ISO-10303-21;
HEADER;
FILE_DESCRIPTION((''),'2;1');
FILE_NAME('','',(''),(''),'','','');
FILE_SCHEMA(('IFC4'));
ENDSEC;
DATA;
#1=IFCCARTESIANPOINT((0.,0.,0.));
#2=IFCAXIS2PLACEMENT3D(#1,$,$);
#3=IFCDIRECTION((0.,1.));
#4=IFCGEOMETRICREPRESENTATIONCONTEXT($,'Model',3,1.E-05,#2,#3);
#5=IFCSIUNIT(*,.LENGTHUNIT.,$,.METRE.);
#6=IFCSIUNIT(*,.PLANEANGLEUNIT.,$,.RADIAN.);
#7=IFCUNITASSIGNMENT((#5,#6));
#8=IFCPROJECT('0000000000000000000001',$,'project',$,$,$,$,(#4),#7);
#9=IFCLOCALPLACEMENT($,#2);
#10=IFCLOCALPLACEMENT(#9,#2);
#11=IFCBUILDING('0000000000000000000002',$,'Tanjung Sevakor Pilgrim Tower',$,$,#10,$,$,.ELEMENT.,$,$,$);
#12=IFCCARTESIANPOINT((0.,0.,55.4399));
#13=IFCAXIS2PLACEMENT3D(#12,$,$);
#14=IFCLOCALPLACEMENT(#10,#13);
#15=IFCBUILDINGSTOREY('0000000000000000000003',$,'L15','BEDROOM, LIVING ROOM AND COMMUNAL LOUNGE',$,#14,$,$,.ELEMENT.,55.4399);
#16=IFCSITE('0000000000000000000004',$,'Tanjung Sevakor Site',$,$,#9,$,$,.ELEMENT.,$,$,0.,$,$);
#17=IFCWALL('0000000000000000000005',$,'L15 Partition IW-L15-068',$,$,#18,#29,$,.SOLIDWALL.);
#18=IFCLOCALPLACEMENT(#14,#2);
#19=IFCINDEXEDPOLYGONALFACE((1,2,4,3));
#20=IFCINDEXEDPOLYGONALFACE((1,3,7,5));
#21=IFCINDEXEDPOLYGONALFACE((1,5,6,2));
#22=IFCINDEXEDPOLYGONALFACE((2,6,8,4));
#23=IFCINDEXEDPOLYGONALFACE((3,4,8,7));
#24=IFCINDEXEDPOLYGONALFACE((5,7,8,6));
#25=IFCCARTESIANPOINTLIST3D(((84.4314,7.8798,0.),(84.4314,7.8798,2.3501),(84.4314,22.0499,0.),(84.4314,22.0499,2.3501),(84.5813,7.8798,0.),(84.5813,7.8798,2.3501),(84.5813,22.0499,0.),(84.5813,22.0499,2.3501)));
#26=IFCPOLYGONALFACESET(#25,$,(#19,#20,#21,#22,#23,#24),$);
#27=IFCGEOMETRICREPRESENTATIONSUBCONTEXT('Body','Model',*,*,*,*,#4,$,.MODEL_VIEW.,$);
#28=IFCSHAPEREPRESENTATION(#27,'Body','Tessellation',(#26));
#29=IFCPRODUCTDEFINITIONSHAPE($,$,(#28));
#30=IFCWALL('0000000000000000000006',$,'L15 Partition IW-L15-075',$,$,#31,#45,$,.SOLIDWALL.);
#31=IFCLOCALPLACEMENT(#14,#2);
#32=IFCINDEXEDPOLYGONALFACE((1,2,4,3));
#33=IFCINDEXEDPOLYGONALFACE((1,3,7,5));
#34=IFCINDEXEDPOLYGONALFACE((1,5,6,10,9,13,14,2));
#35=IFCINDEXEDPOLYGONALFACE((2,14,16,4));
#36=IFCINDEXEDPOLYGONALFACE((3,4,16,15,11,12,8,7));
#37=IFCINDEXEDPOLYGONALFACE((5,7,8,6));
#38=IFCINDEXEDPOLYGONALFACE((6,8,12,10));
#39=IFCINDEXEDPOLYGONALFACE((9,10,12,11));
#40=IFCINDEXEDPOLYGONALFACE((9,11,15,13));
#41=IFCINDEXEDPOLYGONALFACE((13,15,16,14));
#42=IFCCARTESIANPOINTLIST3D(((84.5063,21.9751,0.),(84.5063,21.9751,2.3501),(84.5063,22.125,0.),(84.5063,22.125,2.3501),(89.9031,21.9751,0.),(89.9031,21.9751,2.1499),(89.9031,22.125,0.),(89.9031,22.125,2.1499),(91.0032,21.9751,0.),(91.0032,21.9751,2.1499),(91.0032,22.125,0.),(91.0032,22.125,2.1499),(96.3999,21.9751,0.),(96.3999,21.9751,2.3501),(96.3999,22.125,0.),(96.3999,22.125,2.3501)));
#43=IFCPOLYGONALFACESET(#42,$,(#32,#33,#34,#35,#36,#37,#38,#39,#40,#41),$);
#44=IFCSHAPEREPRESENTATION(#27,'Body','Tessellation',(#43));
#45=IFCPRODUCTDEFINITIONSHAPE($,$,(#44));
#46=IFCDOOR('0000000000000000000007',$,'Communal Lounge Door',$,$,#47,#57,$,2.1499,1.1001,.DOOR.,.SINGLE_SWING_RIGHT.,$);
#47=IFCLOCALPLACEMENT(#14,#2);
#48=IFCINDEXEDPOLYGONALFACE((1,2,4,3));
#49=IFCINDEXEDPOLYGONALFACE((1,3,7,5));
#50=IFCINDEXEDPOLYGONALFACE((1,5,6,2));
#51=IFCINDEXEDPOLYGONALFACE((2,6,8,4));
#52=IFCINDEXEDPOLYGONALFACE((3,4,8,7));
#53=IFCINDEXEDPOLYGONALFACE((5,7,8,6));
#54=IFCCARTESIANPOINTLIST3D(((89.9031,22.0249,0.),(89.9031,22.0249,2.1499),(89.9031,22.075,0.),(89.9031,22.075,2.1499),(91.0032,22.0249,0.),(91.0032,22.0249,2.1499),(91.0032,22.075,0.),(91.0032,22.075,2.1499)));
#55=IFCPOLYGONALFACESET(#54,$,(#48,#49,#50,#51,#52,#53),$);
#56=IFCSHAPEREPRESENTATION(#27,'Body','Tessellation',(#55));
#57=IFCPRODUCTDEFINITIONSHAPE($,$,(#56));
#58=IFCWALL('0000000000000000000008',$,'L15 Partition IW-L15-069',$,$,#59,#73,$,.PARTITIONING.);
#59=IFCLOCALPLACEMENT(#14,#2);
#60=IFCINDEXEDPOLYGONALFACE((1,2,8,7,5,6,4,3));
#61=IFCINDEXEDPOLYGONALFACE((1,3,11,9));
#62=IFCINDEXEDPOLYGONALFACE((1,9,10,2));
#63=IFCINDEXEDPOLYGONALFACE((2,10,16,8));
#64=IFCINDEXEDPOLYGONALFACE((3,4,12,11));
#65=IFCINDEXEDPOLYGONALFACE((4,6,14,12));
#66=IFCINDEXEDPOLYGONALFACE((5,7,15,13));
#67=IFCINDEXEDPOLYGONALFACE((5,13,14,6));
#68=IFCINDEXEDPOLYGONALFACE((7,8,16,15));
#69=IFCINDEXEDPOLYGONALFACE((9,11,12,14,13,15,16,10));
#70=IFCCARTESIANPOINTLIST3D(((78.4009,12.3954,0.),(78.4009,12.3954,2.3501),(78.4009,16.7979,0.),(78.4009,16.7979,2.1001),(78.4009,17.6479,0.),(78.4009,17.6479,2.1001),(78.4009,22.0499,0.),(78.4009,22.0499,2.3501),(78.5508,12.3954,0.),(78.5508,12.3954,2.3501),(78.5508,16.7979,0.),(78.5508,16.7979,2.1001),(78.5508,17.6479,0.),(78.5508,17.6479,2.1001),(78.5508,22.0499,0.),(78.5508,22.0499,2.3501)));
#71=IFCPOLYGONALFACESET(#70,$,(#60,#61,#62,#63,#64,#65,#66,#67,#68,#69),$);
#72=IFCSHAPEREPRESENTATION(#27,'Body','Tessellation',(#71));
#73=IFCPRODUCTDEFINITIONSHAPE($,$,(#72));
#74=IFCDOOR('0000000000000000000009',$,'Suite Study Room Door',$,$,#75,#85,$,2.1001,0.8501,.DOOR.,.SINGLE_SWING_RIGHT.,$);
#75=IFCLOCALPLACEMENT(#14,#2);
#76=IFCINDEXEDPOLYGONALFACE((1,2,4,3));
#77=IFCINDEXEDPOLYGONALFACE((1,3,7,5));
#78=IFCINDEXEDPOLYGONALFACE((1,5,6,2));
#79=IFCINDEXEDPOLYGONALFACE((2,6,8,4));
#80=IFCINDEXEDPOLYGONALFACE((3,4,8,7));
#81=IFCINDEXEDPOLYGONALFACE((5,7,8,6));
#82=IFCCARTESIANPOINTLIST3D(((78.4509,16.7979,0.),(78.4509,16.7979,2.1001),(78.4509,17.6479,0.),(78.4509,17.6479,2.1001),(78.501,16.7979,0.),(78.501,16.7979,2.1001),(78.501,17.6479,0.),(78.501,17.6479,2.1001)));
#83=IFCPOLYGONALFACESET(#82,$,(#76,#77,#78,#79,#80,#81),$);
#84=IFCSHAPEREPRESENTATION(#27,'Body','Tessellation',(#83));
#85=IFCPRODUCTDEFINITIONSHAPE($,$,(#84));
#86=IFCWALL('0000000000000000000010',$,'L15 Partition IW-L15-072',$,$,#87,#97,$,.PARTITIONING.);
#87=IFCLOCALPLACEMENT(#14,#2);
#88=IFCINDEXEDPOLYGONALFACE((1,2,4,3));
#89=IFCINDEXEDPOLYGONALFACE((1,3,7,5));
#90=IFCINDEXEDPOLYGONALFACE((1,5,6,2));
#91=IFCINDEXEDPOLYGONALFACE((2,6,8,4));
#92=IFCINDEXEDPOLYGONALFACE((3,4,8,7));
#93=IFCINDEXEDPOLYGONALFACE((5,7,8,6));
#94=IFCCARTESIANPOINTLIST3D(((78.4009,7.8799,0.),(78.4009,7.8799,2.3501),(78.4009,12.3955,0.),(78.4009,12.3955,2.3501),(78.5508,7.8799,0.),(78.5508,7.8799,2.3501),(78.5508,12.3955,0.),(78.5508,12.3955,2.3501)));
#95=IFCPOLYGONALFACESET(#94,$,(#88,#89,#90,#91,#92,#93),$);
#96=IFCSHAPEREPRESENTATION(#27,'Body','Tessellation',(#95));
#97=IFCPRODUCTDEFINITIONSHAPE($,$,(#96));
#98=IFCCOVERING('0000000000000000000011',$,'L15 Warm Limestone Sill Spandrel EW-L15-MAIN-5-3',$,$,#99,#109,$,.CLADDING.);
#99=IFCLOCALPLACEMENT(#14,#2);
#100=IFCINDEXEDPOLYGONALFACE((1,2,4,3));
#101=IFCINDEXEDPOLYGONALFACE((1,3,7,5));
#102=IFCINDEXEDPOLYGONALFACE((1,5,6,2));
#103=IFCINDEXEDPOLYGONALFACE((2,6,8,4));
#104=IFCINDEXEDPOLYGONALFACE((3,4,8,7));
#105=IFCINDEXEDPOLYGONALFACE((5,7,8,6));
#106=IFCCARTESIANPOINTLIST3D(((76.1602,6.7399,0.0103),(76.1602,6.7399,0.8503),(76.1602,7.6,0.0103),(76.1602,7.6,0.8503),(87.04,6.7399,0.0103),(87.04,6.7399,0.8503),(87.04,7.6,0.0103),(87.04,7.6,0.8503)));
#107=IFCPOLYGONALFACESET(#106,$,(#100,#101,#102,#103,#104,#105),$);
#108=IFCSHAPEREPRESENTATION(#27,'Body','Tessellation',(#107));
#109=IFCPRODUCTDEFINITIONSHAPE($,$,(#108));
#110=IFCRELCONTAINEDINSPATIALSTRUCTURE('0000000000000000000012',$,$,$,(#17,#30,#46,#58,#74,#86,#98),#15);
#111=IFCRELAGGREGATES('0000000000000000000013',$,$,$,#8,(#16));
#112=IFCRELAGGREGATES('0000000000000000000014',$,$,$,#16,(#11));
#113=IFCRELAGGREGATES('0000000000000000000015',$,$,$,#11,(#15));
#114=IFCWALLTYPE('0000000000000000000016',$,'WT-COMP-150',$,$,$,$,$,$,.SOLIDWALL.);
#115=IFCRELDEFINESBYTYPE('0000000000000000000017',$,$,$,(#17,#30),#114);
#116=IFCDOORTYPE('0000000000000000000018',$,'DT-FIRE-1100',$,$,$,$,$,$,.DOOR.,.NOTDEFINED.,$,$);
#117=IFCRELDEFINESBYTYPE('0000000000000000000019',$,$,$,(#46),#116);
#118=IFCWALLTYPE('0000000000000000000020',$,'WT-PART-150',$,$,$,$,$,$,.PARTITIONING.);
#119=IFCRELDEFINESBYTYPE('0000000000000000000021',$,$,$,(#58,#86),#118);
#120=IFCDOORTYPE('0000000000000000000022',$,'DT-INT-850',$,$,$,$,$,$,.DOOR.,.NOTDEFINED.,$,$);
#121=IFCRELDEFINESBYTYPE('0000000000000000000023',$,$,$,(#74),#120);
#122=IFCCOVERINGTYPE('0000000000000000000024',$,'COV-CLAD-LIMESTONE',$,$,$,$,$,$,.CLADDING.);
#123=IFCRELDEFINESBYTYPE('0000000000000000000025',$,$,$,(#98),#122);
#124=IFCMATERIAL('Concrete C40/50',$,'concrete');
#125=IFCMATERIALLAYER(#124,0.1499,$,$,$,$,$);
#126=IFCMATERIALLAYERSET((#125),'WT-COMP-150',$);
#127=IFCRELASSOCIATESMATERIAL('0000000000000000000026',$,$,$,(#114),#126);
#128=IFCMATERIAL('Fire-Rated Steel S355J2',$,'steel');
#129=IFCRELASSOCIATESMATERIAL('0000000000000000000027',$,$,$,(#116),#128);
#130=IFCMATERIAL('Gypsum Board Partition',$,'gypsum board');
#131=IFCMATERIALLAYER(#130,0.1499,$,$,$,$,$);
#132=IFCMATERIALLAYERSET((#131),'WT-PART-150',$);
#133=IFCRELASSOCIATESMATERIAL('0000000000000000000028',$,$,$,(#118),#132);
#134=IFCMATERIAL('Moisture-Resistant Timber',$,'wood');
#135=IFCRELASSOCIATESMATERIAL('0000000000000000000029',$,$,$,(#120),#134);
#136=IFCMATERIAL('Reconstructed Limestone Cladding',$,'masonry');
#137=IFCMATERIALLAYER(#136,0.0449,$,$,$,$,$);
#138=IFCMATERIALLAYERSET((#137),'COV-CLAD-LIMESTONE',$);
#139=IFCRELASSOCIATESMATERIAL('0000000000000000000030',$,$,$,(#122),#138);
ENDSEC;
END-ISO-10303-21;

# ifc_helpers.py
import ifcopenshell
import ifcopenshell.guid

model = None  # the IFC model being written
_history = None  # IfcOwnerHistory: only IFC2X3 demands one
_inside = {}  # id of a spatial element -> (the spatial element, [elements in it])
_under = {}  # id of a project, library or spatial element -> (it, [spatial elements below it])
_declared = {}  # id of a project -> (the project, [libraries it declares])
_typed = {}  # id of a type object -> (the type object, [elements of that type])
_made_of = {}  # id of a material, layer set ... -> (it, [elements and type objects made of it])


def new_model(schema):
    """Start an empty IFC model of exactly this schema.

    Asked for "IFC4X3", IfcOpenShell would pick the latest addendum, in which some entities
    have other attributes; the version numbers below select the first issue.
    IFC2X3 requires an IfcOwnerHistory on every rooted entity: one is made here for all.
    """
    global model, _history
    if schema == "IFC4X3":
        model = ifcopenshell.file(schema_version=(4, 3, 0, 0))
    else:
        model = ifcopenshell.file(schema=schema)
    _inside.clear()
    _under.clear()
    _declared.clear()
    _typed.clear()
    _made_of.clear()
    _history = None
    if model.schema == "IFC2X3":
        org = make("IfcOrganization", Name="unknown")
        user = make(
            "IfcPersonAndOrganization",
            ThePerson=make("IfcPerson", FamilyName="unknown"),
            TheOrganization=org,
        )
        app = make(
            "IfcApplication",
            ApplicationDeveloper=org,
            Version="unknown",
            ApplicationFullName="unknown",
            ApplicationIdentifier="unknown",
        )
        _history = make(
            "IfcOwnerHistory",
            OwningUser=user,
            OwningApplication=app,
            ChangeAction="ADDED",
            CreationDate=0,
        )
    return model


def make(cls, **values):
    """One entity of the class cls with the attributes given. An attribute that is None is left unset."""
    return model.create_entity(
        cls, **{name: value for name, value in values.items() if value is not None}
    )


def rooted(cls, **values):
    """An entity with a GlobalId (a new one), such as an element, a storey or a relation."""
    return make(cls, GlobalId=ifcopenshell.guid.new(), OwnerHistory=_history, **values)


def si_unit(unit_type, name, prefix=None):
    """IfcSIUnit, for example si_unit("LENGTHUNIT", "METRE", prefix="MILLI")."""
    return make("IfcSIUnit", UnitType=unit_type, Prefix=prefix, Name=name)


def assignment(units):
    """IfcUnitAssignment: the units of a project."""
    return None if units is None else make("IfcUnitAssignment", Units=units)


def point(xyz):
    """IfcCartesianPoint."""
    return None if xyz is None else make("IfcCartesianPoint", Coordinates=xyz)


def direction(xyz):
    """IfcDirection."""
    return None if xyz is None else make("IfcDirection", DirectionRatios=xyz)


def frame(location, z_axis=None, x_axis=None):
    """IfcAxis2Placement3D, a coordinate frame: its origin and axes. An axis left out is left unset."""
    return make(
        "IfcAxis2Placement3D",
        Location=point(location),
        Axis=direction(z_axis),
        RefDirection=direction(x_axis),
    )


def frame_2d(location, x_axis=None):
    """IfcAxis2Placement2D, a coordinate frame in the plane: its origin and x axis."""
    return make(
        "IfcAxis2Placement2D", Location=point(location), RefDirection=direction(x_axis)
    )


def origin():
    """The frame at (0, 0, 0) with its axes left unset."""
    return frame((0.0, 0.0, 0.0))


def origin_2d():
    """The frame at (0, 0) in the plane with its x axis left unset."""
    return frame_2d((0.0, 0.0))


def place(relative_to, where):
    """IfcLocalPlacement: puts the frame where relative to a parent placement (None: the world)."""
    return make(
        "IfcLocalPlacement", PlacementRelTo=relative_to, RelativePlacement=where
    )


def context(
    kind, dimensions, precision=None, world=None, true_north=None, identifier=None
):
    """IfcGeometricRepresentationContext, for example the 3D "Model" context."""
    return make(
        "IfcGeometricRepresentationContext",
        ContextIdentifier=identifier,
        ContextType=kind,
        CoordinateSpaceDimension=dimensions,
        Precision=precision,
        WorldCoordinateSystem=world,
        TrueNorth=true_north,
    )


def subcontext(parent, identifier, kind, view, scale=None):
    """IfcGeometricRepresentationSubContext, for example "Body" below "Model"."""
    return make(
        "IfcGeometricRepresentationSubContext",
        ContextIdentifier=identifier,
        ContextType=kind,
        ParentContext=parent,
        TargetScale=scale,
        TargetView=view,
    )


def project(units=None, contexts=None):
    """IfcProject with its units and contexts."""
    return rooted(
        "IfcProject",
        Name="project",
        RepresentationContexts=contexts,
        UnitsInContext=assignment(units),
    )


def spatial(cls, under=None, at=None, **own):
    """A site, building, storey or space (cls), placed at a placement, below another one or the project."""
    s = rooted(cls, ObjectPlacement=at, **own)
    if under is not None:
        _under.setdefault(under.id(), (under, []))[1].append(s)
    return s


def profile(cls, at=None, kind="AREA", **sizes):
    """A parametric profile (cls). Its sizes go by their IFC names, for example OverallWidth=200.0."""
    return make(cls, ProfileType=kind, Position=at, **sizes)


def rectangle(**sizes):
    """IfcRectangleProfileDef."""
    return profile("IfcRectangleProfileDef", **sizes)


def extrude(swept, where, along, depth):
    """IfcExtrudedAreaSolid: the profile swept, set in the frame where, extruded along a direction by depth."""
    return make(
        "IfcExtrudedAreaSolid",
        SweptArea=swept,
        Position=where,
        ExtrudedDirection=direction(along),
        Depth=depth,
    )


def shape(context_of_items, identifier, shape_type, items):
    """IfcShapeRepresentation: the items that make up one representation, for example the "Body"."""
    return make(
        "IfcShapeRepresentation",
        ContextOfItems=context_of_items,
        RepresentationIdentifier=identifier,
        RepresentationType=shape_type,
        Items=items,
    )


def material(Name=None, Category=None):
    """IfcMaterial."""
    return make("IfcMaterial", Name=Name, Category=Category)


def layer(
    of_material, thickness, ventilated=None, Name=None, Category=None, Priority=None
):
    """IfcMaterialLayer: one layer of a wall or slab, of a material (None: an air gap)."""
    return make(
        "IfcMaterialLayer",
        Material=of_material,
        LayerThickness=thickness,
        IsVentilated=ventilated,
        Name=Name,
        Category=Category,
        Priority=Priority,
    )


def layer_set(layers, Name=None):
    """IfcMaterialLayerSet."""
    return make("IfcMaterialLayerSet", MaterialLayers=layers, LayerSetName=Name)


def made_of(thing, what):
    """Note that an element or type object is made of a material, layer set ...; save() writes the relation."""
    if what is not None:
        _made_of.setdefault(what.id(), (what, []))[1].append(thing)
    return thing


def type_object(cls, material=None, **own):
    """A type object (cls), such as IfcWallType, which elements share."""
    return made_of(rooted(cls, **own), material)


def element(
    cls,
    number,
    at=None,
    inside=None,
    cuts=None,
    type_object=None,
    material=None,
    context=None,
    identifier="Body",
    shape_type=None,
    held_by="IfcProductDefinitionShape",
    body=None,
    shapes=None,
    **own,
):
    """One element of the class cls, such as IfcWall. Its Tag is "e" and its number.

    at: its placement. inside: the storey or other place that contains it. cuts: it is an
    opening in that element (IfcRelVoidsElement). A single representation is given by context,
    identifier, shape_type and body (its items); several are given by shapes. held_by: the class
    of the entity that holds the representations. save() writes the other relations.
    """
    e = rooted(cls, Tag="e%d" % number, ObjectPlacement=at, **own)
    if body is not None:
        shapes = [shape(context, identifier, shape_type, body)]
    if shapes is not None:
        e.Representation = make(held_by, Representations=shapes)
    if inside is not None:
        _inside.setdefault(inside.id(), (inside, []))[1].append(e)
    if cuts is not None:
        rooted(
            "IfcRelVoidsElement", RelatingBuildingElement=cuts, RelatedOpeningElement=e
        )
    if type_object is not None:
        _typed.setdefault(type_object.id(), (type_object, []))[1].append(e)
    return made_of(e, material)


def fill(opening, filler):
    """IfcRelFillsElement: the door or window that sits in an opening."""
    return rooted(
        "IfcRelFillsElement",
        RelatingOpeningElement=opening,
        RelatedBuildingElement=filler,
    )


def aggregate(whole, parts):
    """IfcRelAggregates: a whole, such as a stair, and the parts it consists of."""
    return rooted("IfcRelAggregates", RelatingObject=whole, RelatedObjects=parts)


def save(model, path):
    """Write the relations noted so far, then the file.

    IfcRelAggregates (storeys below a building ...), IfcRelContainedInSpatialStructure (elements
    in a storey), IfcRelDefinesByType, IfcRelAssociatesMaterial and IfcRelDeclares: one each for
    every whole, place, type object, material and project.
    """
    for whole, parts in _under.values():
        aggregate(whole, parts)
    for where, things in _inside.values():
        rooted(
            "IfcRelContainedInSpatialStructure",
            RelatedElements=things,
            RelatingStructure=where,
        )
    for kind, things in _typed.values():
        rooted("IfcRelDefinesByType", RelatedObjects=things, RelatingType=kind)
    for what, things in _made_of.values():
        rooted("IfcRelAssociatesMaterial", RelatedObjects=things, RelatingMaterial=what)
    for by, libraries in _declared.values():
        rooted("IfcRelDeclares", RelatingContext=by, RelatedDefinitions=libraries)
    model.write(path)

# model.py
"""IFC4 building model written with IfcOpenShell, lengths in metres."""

from ifc_helpers import new_model, si_unit, direction, frame, frame_2d, origin, origin_2d, place, context, subcontext, project, spatial, rectangle, extrude, material, layer, layer_set, type_object, element, fill, save


model = new_model("IFC4")

# Units and contexts
model_context = context("Model", 3, precision=1e-05, world=origin(), true_north=direction((0.0, 1.0)))
body_context = subcontext(model_context, "Body", "Model", "MODEL_VIEW")
ifc_project = project(units=[si_unit("LENGTHUNIT", "METRE"), si_unit("PLANEANGLEUNIT", "RADIAN")], contexts=[model_context])

# Site, building, storey
site_placement = place(None, origin())
site = spatial("IfcSite", under=ifc_project, at=site_placement, Name="Tanjung Sevakor Site", CompositionType="ELEMENT", RefElevation=0.0)
building_placement = place(site_placement, origin())
building = spatial("IfcBuilding", under=site, at=building_placement, Name="Tanjung Sevakor Pilgrim Tower", CompositionType="ELEMENT")
storey_placement = place(building_placement, frame((0.0, 0.0, 55.4399)))
storey = spatial("IfcBuildingStorey", under=building, at=storey_placement, Name="L15", Description="BEDROOM, LIVING ROOM AND COMMUNAL LOUNGE", CompositionType="ELEMENT", Elevation=55.4399)

# Wall
ifc_material_1 = material(Name="Concrete C40/50", Category="concrete")
ifc_layer_1 = layer(ifc_material_1, 0.1499)
ifc_layer_set_1 = layer_set([ifc_layer_1], Name="WT-COMP-150")
wall_type_1 = type_object("IfcWallType", Name="WT-COMP-150", PredefinedType="SOLIDWALL", material=ifc_layer_set_1)
wall_1_placement = place(storey_placement, frame((84.5063, 7.8799, 0.0), z_axis=(0.0, 0.0, 1.0), x_axis=(0.0, 1.0, 0.0)))
element("IfcWall", 1, at=wall_1_placement, inside=storey, type_object=wall_type_1, Name="L15 Partition IW-L15-068", PredefinedType="SOLIDWALL", context=body_context, shape_type="SweptSolid", body=[
    extrude(rectangle(XDim=14.1702, YDim=0.1499, at=frame_2d((7.085, 0.0))), origin(), (0.0, 0.0, 1.0), 2.3501),
])

# Walls, openings, doors
wall_2_placement = place(storey_placement, frame((84.5063, 22.05, 0.0), z_axis=(0.0, 0.0, 1.0), x_axis=(1.0, 0.0, 0.0)))
wall_2 = element("IfcWall", 2, at=wall_2_placement, inside=storey, type_object=wall_type_1, Name="L15 Partition IW-L15-075", PredefinedType="SOLIDWALL", context=body_context, shape_type="SweptSolid", body=[
    extrude(rectangle(XDim=11.8936, YDim=0.1499, at=frame_2d((5.9468, 0.0))), origin(), (0.0, 0.0, 1.0), 2.3501),
])
opening_1_placement = place(wall_2_placement, frame((5.3967, 0.0, 0.0)))
opening_1 = element("IfcOpeningElement", 3, at=opening_1_placement, cuts=wall_2, PredefinedType="OPENING", context=body_context, shape_type="SweptSolid", body=[
    extrude(rectangle(XDim=1.1001, YDim=2.1499, at=frame_2d((0.55, 1.075))), frame((0.0, 0.085, 0.0), z_axis=(0.0, -1.0, 0.0), x_axis=(1.0, 0.0, 0.0)), (0.0, 0.0, 1.0), 0.1699),
])
ifc_material_2 = material(Name="Fire-Rated Steel S355J2", Category="steel")
door_type_1 = type_object("IfcDoorType", Name="DT-FIRE-1100", OperationType="NOTDEFINED", PredefinedType="DOOR", material=ifc_material_2)
door_1_placement = place(opening_1_placement, origin())
door_1 = element("IfcDoor", 4, at=door_1_placement, inside=storey, type_object=door_type_1, Name="Communal Lounge Door", OperationType="SINGLE_SWING_RIGHT", OverallHeight=2.1499, OverallWidth=1.1001, PredefinedType="DOOR", context=body_context, shape_type="SweptSolid", body=[
    extrude(rectangle(XDim=1.1001, YDim=2.1499, at=frame_2d((0.55, 1.075))), frame((0.0, 0.0249, 0.0), z_axis=(0.0, -1.0, 0.0), x_axis=(1.0, 0.0, 0.0)), (0.0, 0.0, 1.0), 0.05),
])
fill(opening_1, door_1)
ifc_material_3 = material(Name="Gypsum Board Partition", Category="gypsum board")
ifc_layer_2 = layer(ifc_material_3, 0.1499)
ifc_layer_set_2 = layer_set([ifc_layer_2], Name="WT-PART-150")
wall_type_2 = type_object("IfcWallType", Name="WT-PART-150", PredefinedType="PARTITIONING", material=ifc_layer_set_2)
wall_3_placement = place(storey_placement, frame((78.4758, 12.3955, 0.0), z_axis=(0.0, 0.0, 1.0), x_axis=(0.0, 1.0, 0.0)))
wall_3 = element("IfcWall", 5, at=wall_3_placement, inside=storey, type_object=wall_type_2, Name="L15 Partition IW-L15-069", PredefinedType="PARTITIONING", context=body_context, shape_type="SweptSolid", body=[
    extrude(rectangle(XDim=9.6545, YDim=0.1499, at=frame_2d((4.8271, 0.0))), origin(), (0.0, 0.0, 1.0), 2.3501),
])
opening_2_placement = place(wall_3_placement, frame((4.4023, 0.0, 0.0)))
opening_2 = element("IfcOpeningElement", 6, at=opening_2_placement, cuts=wall_3, PredefinedType="OPENING", context=body_context, shape_type="SweptSolid", body=[
    extrude(rectangle(XDim=0.8501, YDim=2.1001, at=frame_2d((0.425, 1.05))), frame((0.0, 0.085, 0.0), z_axis=(0.0, -1.0, 0.0), x_axis=(1.0, 0.0, 0.0)), (0.0, 0.0, 1.0), 0.1699),
])
ifc_material_4 = material(Name="Moisture-Resistant Timber", Category="wood")
door_type_2 = type_object("IfcDoorType", Name="DT-INT-850", OperationType="NOTDEFINED", PredefinedType="DOOR", material=ifc_material_4)
door_2_placement = place(opening_2_placement, origin())
door_2 = element("IfcDoor", 7, at=door_2_placement, inside=storey, type_object=door_type_2, Name="Suite Study Room Door", OperationType="SINGLE_SWING_RIGHT", OverallHeight=2.1001, OverallWidth=0.8501, PredefinedType="DOOR", context=body_context, shape_type="SweptSolid", body=[
    extrude(rectangle(XDim=0.8501, YDim=2.1001, at=frame_2d((0.425, 1.05))), frame((0.0, 0.0249, 0.0), z_axis=(0.0, -1.0, 0.0), x_axis=(1.0, 0.0, 0.0)), (0.0, 0.0, 1.0), 0.05),
])
fill(opening_2, door_2)

# Wall
wall_4_placement = place(storey_placement, frame((78.4758, 7.8799, 0.0), z_axis=(0.0, 0.0, 1.0), x_axis=(0.0, 1.0, 0.0)))
element("IfcWall", 8, at=wall_4_placement, inside=storey, type_object=wall_type_2, Name="L15 Partition IW-L15-072", PredefinedType="PARTITIONING", context=body_context, shape_type="SweptSolid", body=[
    extrude(rectangle(XDim=4.5156, YDim=0.1499, at=frame_2d((2.2578, 0.0))), origin(), (0.0, 0.0, 1.0), 2.3501),
])

# Covering
ifc_material_5 = material(Name="Reconstructed Limestone Cladding", Category="masonry")
ifc_layer_3 = layer(ifc_material_5, 0.0449)
ifc_layer_set_3 = layer_set([ifc_layer_3], Name="COV-CLAD-LIMESTONE")
covering_type = type_object("IfcCoveringType", Name="COV-CLAD-LIMESTONE", PredefinedType="CLADDING", material=ifc_layer_set_3)
covering_placement = place(storey_placement, frame((81.6001, 7.1699, 0.0103), z_axis=(0.0, 0.0, 1.0), x_axis=(1.0, 0.0, 0.0)))
element("IfcCovering", 9, at=covering_placement, inside=storey, type_object=covering_type, Name="L15 Warm Limestone Sill Spandrel EW-L15-MAIN-5-3", PredefinedType="CLADDING", context=body_context, shape_type="SweptSolid", body=[
    extrude(rectangle(XDim=10.8799, YDim=0.8601, at=origin_2d()), origin(), (0.0, 0.0, 1.0), 0.8401),
])

save(model, "model.ifc")
